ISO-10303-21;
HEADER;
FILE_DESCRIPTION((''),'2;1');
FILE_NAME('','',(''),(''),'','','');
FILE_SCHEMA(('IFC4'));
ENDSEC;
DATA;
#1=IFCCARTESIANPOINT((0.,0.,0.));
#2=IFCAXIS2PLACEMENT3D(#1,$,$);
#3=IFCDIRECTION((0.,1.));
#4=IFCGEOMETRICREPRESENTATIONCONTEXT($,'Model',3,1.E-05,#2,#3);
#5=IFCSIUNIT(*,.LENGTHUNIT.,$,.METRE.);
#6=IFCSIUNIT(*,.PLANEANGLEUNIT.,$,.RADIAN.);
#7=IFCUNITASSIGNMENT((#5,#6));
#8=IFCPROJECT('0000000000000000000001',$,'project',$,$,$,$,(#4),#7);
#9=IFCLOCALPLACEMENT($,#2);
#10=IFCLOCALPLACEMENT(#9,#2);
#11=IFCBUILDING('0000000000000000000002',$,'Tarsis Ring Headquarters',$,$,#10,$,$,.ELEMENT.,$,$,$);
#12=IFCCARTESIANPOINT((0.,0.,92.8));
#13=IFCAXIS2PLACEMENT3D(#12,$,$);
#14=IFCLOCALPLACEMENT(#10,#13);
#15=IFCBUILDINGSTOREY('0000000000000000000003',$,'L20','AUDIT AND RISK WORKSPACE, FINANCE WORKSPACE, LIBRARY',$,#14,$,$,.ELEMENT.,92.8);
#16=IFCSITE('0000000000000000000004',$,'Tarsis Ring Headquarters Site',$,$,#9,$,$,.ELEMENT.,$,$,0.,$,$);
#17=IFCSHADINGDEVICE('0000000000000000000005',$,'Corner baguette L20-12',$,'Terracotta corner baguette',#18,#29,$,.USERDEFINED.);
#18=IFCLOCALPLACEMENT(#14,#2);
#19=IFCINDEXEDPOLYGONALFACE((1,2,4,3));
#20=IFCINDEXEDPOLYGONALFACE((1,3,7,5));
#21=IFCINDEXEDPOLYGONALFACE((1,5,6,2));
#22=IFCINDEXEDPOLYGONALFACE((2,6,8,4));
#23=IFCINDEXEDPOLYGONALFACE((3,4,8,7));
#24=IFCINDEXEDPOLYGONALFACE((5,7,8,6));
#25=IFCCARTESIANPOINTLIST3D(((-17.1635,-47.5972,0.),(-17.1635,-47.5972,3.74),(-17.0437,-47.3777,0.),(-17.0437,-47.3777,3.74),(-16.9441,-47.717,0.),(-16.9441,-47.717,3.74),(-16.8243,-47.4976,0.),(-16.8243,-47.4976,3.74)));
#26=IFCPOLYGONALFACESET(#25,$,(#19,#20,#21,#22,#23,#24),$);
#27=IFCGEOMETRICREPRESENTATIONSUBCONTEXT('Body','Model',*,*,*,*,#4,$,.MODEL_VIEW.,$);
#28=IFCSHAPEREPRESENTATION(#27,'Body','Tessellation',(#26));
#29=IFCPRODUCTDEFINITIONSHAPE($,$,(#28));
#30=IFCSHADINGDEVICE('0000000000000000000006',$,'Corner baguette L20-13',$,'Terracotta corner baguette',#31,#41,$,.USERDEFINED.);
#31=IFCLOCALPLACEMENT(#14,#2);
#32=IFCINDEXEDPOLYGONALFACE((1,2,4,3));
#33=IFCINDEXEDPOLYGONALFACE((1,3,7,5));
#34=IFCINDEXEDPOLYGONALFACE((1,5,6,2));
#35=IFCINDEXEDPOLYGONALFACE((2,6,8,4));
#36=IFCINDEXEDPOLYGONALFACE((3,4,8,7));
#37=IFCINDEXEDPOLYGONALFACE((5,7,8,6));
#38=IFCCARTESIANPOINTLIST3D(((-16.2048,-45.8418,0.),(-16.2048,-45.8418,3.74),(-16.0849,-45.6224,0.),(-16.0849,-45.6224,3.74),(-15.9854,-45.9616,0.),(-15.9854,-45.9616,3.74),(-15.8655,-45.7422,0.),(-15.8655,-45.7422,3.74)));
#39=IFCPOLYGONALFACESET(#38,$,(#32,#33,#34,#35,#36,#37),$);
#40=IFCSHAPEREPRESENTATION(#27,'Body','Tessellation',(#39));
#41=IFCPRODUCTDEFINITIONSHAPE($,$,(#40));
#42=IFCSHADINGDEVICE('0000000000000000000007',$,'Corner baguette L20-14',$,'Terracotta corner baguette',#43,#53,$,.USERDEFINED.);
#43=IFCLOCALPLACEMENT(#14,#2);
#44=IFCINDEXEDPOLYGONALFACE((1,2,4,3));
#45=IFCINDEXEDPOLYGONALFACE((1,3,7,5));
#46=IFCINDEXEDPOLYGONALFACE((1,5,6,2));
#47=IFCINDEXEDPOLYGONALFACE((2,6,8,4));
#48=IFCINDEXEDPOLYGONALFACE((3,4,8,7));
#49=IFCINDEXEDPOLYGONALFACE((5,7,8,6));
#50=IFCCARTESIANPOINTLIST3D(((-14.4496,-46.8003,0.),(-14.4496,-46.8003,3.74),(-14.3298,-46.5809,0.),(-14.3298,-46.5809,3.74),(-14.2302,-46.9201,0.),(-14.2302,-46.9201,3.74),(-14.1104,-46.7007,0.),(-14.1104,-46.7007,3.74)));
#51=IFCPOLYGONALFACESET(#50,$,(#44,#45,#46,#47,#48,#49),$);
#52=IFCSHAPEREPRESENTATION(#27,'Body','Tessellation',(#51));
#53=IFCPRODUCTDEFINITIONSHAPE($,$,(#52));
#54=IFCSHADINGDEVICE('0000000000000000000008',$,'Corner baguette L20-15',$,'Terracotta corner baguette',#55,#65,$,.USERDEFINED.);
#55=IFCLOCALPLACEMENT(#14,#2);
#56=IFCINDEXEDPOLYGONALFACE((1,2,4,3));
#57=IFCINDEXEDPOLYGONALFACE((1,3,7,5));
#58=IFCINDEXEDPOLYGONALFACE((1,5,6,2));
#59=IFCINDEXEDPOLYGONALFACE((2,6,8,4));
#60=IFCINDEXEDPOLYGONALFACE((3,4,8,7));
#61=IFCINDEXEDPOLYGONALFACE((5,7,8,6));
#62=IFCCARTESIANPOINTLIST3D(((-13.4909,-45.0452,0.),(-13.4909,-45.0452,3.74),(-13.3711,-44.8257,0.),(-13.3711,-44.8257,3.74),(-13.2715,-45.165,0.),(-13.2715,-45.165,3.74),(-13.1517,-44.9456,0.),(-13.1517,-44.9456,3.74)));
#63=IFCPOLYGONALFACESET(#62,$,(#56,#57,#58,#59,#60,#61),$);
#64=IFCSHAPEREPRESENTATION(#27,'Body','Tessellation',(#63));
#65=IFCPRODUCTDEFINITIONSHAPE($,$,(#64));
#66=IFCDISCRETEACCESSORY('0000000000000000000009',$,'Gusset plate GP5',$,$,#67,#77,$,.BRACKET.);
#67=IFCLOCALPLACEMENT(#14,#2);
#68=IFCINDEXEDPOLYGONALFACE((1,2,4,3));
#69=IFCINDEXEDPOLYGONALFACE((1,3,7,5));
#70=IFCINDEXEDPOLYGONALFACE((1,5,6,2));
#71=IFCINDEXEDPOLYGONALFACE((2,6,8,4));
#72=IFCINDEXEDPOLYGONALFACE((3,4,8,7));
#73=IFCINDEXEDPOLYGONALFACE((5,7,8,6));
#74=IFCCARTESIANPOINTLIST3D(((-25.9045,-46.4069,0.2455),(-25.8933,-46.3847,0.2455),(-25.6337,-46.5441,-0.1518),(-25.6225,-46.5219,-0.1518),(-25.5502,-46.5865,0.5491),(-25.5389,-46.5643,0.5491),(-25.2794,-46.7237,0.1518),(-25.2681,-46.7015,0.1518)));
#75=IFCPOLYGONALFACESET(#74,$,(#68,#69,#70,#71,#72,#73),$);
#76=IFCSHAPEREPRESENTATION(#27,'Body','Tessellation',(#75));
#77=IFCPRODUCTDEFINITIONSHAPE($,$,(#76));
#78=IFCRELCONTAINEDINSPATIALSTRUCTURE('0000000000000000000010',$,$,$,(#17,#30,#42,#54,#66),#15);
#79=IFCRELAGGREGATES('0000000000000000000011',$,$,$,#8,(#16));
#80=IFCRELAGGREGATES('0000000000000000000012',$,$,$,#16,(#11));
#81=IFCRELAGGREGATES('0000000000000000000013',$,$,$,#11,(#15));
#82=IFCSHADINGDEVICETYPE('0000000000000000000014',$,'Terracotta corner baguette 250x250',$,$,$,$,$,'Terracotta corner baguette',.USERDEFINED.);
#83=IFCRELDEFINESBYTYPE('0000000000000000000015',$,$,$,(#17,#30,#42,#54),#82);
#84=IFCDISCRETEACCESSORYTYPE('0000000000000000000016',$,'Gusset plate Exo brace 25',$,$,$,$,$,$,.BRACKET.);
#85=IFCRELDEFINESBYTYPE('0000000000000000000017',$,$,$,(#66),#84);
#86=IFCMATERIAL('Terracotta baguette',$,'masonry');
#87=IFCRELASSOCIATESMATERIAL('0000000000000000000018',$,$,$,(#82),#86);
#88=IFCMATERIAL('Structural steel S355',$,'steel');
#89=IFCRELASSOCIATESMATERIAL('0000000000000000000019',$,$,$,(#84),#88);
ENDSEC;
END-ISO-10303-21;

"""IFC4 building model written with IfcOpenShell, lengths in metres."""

from ifc_helpers import new_model, si_unit, direction, frame, origin, origin_2d, place, context, subcontext, project, spatial, rectangle, extrude, material, material_profile, profile_set, type_object, element, save


model = new_model("IFC4")

# Units and contexts
model_context = context("Model", 3, precision=1e-05, world=origin(), true_north=direction((0.0, 1.0)))
body_context = subcontext(model_context, "Body", "Model", "MODEL_VIEW")
ifc_project = project(units=[si_unit("LENGTHUNIT", "METRE"), si_unit("PLANEANGLEUNIT", "RADIAN")], contexts=[model_context])

# Site, building, storey
site_placement = place(None, origin())
site = spatial("IfcSite", under=ifc_project, at=site_placement, Name="Tarsis Ring Headquarters Site", CompositionType="ELEMENT", RefElevation=0.0)
building_placement = place(site_placement, origin())
building = spatial("IfcBuilding", under=site, at=building_placement, Name="Tarsis Ring Headquarters", CompositionType="ELEMENT")
storey_placement = place(building_placement, frame((0.0, 0.0, 92.8)))
storey = spatial("IfcBuildingStorey", under=building, at=storey_placement, Name="L20", Description="AUDIT AND RISK WORKSPACE, FINANCE WORKSPACE, LIBRARY", CompositionType="ELEMENT", Elevation=92.8)

# Shared definitions
ifc_material_1 = material(Name="Structural steel S355", Category="steel")

# Shading devices
ifc_material_2 = material(Name="Terracotta baguette", Category="masonry")
shading_device_type_1 = type_object("IfcShadingDeviceType", Name="Terracotta corner baguette 250x250", ElementType="Terracotta corner baguette", PredefinedType="USERDEFINED", material=ifc_material_2)
for number, where, z_axis, x_axis, name in (
    (1, (-16.9939, -47.5474, 0.0), (0.0, 0.0, 1.0), (0.877649, -0.479305, 0.0), "Corner baguette L20-12"),
    (2, (-16.0352, -45.792, 0.0), (0.0, 0.0, 1.0), (0.479305, 0.877649, 0.0), "Corner baguette L20-13"),
    (3, (-14.28, -46.7505, 0.0), (0.0, 0.0, 1.0), (0.877649, -0.479304, 0.0), "Corner baguette L20-14"),
    (4, (-13.3213, -44.9954, 0.0), (0.0, 0.0, 1.0), (0.479305, 0.877649, 0.0), "Corner baguette L20-15"),
):
    element("IfcShadingDevice", number, at=place(storey_placement, frame(where, z_axis=z_axis, x_axis=x_axis)), inside=storey, type_object=shading_device_type_1, Name=name, ObjectType="Terracotta corner baguette", PredefinedType="USERDEFINED", context=body_context, shape_type="SweptSolid", body=[
        extrude(rectangle(XDim=0.25, YDim=0.25, at=origin_2d()), origin(), (0.0, 0.0, 1.0), 3.74),
    ])

# Discrete accessory
ifc_material_profile_1 = material_profile(ifc_material_1, rectangle(XDim=0.0249, YDim=0.5, at=origin_2d()), Name="PL 25x500")
ifc_profile_set_1 = profile_set([ifc_material_profile_1], Name="Structural steel S355")
discrete_accessory_type = type_object("IfcDiscreteAccessoryType", Name="Gusset plate Exo brace 25", PredefinedType="BRACKET", material=ifc_profile_set_1)
discrete_accessory_placement = place(storey_placement, frame((-25.4509, -46.6228, 0.0), z_axis=(-0.541598, 0.274462, 0.794571), x_axis=(-0.452033, -0.892001, 0.0)))
element("IfcDiscreteAccessory", 5, at=discrete_accessory_placement, inside=storey, type_object=discrete_accessory_type, Name="Gusset plate GP5", PredefinedType="BRACKET", context=body_context, shape_type="SweptSolid", body=[
    extrude(rectangle(XDim=0.0249, YDim=0.5, at=origin_2d()), origin(), (0.0, 0.0, 1.0), 0.5),
])

save(model, "model.ifc")
